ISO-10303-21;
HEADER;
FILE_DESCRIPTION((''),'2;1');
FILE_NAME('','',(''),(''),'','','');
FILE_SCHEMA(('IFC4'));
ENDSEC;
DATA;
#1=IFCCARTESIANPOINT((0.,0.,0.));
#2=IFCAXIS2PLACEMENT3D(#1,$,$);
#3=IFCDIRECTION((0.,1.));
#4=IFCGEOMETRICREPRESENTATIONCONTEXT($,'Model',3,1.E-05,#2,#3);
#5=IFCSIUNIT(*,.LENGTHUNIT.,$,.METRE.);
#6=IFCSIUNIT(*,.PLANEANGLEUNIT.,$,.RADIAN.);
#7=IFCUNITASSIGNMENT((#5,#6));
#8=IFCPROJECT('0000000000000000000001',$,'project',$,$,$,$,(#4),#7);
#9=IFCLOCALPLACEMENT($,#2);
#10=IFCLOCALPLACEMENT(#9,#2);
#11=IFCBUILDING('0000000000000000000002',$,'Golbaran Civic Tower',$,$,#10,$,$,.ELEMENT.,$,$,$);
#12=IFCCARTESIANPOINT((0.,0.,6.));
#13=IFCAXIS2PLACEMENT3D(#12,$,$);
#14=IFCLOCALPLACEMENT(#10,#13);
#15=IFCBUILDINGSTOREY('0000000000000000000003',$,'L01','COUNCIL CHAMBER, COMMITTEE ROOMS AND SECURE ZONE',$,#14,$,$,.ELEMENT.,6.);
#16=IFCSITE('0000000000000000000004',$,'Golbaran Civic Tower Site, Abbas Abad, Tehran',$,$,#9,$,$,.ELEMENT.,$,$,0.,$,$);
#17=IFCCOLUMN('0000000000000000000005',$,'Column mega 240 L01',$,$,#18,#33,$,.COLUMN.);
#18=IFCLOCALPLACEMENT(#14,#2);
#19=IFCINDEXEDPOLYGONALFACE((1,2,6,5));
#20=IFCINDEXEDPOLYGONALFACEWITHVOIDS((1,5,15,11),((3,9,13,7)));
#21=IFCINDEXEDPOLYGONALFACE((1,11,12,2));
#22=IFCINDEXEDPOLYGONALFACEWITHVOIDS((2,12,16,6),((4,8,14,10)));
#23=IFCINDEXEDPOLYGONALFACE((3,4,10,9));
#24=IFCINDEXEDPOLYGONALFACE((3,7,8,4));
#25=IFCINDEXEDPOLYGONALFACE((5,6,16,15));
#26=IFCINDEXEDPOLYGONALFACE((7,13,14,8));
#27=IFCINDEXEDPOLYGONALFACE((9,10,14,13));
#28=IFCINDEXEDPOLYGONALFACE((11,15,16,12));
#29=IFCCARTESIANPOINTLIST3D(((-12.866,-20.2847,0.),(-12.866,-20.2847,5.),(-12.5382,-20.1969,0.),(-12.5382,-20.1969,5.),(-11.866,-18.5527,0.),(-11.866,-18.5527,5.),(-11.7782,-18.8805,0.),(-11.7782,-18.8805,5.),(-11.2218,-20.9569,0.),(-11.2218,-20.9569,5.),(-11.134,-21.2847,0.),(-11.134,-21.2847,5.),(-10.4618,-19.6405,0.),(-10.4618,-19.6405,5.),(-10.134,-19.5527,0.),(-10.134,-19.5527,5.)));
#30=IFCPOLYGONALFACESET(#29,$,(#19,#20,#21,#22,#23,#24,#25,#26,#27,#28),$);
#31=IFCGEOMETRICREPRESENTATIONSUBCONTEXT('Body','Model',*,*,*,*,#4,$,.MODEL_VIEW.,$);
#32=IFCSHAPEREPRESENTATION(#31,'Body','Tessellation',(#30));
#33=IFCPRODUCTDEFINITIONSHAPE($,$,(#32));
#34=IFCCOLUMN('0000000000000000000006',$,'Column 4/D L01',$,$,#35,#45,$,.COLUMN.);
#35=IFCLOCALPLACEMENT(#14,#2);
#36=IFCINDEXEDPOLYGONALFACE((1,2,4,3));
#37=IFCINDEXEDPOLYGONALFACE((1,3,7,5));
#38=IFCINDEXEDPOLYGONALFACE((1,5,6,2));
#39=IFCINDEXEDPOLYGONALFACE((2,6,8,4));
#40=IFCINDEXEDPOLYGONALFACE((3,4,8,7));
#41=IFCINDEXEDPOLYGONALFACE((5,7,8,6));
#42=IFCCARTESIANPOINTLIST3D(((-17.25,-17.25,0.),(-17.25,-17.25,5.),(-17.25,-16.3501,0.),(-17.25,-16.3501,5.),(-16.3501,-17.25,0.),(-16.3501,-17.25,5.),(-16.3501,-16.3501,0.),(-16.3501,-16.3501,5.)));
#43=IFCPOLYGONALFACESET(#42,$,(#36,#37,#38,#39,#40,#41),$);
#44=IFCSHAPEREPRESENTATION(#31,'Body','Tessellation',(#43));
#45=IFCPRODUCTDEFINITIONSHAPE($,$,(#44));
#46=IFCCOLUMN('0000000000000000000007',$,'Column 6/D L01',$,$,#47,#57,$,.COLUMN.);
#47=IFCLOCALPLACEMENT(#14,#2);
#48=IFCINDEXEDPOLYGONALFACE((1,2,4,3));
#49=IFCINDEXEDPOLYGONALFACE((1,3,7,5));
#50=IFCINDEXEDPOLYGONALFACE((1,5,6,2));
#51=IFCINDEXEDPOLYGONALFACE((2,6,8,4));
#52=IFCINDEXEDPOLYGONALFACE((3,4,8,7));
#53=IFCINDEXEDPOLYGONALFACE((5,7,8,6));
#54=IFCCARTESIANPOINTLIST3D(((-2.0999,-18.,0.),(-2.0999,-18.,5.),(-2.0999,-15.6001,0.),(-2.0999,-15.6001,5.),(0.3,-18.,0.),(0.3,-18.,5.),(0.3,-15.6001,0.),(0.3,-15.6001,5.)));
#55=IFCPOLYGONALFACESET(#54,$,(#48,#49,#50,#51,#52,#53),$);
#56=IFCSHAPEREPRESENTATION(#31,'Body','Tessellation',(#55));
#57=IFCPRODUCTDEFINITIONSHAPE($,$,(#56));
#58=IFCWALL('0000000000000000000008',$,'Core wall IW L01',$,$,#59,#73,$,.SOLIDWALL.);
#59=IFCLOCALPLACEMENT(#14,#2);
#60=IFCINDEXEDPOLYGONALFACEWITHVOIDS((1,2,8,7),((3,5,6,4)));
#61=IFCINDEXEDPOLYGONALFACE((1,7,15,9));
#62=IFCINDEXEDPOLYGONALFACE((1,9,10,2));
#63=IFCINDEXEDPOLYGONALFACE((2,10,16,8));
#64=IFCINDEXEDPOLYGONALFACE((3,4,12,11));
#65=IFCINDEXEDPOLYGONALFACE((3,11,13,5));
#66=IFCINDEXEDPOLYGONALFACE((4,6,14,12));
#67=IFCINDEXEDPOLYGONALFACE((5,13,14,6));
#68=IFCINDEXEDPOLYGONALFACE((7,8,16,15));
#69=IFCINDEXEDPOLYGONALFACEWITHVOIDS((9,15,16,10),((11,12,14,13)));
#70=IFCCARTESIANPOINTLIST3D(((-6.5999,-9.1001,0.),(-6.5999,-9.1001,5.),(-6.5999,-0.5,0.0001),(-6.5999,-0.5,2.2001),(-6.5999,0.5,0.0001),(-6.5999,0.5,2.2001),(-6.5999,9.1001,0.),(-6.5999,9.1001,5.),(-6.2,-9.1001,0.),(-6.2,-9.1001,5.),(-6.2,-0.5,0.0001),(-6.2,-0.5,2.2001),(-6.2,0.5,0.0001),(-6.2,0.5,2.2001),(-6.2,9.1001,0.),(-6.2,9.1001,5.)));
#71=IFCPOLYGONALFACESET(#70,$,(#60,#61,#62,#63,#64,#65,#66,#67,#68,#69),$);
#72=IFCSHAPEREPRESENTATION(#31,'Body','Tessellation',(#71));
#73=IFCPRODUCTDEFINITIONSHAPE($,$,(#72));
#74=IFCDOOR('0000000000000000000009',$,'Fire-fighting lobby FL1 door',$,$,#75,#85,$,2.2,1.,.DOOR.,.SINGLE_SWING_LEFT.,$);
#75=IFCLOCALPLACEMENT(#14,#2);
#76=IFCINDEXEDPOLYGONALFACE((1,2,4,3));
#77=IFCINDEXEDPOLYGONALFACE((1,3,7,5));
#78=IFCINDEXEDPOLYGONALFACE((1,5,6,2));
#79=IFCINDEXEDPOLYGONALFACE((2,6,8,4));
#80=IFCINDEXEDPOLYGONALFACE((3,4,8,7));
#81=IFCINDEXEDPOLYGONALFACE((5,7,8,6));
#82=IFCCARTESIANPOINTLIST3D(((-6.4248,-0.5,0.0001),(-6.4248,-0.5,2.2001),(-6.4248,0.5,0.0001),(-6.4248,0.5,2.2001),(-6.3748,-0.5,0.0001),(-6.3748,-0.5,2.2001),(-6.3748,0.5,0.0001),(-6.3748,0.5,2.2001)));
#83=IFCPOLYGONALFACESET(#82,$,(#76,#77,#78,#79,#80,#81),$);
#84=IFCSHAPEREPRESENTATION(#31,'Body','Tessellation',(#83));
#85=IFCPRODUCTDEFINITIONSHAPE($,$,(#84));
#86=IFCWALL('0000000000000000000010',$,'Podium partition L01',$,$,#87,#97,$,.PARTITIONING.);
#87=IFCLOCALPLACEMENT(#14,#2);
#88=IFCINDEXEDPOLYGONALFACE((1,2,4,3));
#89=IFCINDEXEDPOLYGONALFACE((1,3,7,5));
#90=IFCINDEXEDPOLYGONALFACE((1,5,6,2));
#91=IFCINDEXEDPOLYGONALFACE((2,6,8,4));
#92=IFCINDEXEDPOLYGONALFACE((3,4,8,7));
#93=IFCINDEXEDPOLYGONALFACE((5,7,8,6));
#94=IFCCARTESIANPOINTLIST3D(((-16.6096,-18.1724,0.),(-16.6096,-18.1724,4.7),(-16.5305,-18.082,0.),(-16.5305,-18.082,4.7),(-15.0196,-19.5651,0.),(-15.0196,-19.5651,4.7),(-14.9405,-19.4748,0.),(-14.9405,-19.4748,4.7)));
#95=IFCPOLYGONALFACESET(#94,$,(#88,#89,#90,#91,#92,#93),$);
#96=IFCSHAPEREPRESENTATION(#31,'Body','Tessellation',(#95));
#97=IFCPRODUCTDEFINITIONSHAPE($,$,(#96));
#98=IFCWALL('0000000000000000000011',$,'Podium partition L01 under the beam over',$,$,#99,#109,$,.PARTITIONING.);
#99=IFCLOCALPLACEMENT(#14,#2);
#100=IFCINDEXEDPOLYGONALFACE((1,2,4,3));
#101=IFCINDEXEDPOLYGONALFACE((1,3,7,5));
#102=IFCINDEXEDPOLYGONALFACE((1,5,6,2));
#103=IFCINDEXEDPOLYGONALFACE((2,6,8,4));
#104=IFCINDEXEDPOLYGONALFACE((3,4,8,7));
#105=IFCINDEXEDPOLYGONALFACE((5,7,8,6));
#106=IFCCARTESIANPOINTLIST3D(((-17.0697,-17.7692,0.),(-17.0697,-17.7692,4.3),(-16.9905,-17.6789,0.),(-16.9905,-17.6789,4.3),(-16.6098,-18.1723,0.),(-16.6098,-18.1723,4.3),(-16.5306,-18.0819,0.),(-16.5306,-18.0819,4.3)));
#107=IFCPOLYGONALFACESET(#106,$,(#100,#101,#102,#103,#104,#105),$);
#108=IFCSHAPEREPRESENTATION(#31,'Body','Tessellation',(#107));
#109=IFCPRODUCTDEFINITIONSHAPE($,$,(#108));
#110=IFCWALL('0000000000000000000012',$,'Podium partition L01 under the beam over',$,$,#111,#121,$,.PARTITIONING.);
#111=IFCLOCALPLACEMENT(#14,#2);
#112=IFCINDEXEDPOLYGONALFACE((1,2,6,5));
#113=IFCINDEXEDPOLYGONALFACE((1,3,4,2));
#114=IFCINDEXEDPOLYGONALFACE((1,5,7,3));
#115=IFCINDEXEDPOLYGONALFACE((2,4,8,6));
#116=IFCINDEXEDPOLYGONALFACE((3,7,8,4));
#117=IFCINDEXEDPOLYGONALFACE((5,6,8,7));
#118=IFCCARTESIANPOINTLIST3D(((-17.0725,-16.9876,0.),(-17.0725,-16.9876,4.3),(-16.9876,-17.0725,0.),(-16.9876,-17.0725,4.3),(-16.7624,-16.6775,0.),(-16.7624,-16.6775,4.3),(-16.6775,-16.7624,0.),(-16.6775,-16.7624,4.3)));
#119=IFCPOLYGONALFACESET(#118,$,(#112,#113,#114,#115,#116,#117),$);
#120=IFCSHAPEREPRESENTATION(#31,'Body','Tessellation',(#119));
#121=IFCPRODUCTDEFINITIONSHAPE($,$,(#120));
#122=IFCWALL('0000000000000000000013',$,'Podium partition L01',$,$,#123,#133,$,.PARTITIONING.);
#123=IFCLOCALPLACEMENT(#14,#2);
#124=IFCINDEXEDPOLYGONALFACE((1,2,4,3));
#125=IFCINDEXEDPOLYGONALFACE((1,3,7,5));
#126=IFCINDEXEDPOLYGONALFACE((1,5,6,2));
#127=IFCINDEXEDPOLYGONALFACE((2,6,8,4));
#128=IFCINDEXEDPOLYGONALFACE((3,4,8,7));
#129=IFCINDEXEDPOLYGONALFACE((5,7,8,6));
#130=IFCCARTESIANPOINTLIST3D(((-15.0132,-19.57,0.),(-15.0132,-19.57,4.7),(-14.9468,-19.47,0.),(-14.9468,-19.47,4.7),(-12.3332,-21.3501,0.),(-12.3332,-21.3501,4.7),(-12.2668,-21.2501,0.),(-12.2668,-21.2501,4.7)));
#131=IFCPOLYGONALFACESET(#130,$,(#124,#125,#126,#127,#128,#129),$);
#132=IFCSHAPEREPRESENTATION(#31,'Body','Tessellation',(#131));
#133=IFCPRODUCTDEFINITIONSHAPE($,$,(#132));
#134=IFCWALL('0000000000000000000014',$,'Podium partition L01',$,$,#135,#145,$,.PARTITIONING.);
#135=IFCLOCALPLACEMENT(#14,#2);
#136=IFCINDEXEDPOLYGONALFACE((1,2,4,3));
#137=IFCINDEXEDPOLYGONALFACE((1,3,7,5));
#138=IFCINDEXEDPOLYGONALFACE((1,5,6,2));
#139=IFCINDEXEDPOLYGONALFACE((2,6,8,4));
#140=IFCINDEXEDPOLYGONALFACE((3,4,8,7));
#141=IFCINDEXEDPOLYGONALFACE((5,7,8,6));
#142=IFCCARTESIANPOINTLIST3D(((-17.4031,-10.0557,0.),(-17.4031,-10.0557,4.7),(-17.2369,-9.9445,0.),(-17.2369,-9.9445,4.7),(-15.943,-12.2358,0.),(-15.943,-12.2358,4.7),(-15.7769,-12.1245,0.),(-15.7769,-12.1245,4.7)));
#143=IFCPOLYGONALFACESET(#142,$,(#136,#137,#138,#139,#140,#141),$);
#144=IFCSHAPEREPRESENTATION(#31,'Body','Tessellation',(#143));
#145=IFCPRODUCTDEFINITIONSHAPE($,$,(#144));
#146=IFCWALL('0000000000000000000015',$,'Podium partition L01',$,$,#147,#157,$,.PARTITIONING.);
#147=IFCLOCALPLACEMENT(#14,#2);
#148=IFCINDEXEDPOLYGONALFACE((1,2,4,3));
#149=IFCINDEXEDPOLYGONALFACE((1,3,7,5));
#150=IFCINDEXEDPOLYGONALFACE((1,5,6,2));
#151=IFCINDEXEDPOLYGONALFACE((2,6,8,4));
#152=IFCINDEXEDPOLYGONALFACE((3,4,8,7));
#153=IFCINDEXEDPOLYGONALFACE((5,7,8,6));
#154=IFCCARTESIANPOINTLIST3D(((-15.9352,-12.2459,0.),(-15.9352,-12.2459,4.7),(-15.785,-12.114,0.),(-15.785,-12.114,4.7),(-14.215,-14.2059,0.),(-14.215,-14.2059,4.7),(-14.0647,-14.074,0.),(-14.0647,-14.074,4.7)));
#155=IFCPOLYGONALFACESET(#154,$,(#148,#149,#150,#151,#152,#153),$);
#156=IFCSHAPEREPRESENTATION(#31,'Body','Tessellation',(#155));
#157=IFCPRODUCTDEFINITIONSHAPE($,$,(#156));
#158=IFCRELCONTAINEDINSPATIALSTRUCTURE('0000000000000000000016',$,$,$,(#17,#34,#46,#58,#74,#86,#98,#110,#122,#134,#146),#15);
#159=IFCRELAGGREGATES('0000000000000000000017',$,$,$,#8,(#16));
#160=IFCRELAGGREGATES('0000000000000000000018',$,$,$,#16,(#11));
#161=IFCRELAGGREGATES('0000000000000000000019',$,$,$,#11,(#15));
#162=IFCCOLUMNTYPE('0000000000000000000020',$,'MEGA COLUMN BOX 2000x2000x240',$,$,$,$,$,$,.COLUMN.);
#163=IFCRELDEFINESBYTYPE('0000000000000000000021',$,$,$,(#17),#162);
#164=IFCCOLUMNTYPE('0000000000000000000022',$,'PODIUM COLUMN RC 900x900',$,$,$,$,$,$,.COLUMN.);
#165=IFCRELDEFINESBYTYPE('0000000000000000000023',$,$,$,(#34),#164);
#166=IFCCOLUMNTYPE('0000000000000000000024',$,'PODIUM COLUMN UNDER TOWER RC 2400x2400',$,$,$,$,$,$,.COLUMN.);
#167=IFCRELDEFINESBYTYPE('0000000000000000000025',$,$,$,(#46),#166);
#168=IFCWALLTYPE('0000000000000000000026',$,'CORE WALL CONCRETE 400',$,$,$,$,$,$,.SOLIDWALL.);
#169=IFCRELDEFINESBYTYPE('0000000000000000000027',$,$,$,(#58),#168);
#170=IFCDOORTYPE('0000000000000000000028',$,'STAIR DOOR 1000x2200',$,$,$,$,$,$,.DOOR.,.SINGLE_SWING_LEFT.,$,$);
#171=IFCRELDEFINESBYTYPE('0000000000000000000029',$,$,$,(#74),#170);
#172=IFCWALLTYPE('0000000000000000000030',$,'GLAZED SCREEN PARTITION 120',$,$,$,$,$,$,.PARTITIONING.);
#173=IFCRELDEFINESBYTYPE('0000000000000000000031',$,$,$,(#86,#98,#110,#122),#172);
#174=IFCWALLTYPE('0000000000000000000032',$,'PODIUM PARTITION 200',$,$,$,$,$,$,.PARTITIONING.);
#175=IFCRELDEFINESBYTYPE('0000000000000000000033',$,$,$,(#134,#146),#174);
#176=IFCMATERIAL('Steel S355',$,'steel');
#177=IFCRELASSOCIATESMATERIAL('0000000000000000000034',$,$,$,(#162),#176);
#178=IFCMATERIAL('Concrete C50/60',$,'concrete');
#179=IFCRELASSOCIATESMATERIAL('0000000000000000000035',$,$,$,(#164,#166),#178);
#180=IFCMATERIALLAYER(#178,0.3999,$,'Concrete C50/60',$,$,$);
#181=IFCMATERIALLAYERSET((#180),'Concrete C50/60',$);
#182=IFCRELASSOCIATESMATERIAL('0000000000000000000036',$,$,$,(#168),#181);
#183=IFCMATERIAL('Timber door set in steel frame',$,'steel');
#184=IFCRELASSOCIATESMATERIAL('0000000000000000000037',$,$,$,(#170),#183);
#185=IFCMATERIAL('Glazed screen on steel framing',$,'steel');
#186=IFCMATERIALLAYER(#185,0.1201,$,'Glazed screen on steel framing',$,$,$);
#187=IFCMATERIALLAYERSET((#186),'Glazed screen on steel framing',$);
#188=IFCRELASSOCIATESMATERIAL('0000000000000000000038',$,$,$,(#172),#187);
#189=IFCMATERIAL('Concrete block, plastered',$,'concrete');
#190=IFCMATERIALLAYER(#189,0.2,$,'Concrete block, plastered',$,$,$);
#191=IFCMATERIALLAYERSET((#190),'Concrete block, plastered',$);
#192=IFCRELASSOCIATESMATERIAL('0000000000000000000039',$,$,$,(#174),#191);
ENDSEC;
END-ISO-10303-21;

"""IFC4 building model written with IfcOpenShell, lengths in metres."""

from ifc_helpers import new_model, si_unit, direction, frame, frame_2d, origin, origin_2d, place, context, subcontext, project, spatial, rectangle, hollow_rectangle, extrude, material, layer, layer_set, material_profile, profile_set, type_object, element, fill, save


model = new_model("IFC4")

# Units and contexts
model_context = context("Model", 3, precision=1e-05, world=origin(), true_north=direction((0.0, 1.0)))
body_context = subcontext(model_context, "Body", "Model", "MODEL_VIEW")
ifc_project = project(units=[si_unit("LENGTHUNIT", "METRE"), si_unit("PLANEANGLEUNIT", "RADIAN")], contexts=[model_context])

# Site, building, storey
site_placement = place(None, origin())
site = spatial("IfcSite", under=ifc_project, at=site_placement, Name="Golbaran Civic Tower Site, Abbas Abad, Tehran", CompositionType="ELEMENT", RefElevation=0.0)
building_placement = place(site_placement, origin())
building = spatial("IfcBuilding", under=site, at=building_placement, Name="Golbaran Civic Tower", CompositionType="ELEMENT")
storey_placement = place(building_placement, frame((0.0, 0.0, 6.0)))
storey = spatial("IfcBuildingStorey", under=building, at=storey_placement, Name="L01", Description="COUNCIL CHAMBER, COMMITTEE ROOMS AND SECURE ZONE", CompositionType="ELEMENT", Elevation=6.0)

# Columns
ifc_material_1 = material(Name="Steel S355", Category="steel")
ifc_material_profile_1 = material_profile(ifc_material_1, hollow_rectangle(XDim=2.0, YDim=2.0, WallThickness=0.24, at=origin_2d()), Name="BOX 2000x2000x240")
ifc_profile_set_1 = profile_set([ifc_material_profile_1], Name="Steel S355")
column_type_1 = type_object("IfcColumnType", Name="MEGA COLUMN BOX 2000x2000x240", PredefinedType="COLUMN", material=ifc_profile_set_1)
column_1_placement = place(storey_placement, frame((-11.5, -19.9187, 0.0), z_axis=(0.0, 0.0, 1.0), x_axis=(-0.5, -0.866025, 0.0)))
element("IfcColumn", 1, at=column_1_placement, inside=storey, type_object=column_type_1, Name="Column mega 240 L01", PredefinedType="COLUMN", context=body_context, shape_type="SweptSolid", body=[
    extrude(hollow_rectangle(XDim=2.0, YDim=2.0, WallThickness=0.24, at=origin_2d()), origin(), (0.0, 0.0, 1.0), 5.0),
])
ifc_material_2 = material(Name="Concrete C50/60", Category="concrete")
ifc_material_profile_2 = material_profile(ifc_material_2, rectangle(XDim=0.8999, YDim=0.8999, at=origin_2d()), Name="RC 900x900")
ifc_profile_set_2 = profile_set([ifc_material_profile_2], Name="Concrete C50/60")
column_type_2 = type_object("IfcColumnType", Name="PODIUM COLUMN RC 900x900", PredefinedType="COLUMN", material=ifc_profile_set_2)
column_2_placement = place(storey_placement, frame((-16.8, -16.8, 0.0), z_axis=(0.0, 0.0, 1.0), x_axis=(1.0, 0.0, 0.0)))
element("IfcColumn", 2, at=column_2_placement, inside=storey, type_object=column_type_2, Name="Column 4/D L01", PredefinedType="COLUMN", context=body_context, shape_type="SweptSolid", body=[
    extrude(rectangle(XDim=0.8999, YDim=0.8999, at=origin_2d()), origin(), (0.0, 0.0, 1.0), 5.0),
])
ifc_material_profile_3 = material_profile(ifc_material_2, rectangle(XDim=2.3999, YDim=2.3999, at=origin_2d()), Name="RC 2400x2400")
ifc_profile_set_3 = profile_set([ifc_material_profile_3], Name="Concrete C50/60")
column_type_3 = type_object("IfcColumnType", Name="PODIUM COLUMN UNDER TOWER RC 2400x2400", PredefinedType="COLUMN", material=ifc_profile_set_3)
column_3_placement = place(storey_placement, frame((-0.8999, -16.8, 0.0), z_axis=(0.0, 0.0, 1.0), x_axis=(1.0, 0.0, 0.0)))
element("IfcColumn", 3, at=column_3_placement, inside=storey, type_object=column_type_3, Name="Column 6/D L01", PredefinedType="COLUMN", context=body_context, shape_type="SweptSolid", body=[
    extrude(rectangle(XDim=2.3999, YDim=2.3999, at=origin_2d()), origin(), (0.0, 0.0, 1.0), 5.0),
])

# Wall, opening, door
ifc_layer_1 = layer(ifc_material_2, 0.3999, Name="Concrete C50/60")
ifc_layer_set_1 = layer_set([ifc_layer_1], Name="Concrete C50/60")
wall_type_1 = type_object("IfcWallType", Name="CORE WALL CONCRETE 400", PredefinedType="SOLIDWALL", material=ifc_layer_set_1)
wall_1_placement = place(storey_placement, frame((-6.3999, -9.1001, 0.0), z_axis=(0.0, 0.0, 1.0), x_axis=(0.0, 1.0, 0.0)))
wall_1 = element("IfcWall", 4, at=wall_1_placement, inside=storey, type_object=wall_type_1, Name="Core wall IW L01", PredefinedType="SOLIDWALL", context=body_context, shape_type="SweptSolid", body=[
    extrude(rectangle(XDim=18.2002, YDim=0.3999, at=frame_2d((9.1001, 0.0))), origin(), (0.0, 0.0, 1.0), 5.0),
])
opening_1_placement = place(wall_1_placement, frame((8.6001, 0.0, 0.0)))
opening_1 = element("IfcOpeningElement", 5, at=opening_1_placement, cuts=wall_1, PredefinedType="OPENING", context=body_context, shape_type="SweptSolid", body=[
    extrude(rectangle(XDim=1.0, YDim=2.2, at=frame_2d((0.5, 1.1001))), frame((0.0, 0.21, 0.0), z_axis=(0.0, -1.0, 0.0), x_axis=(1.0, 0.0, 0.0)), (0.0, 0.0, 1.0), 0.4199),
])
ifc_material_3 = material(Name="Timber door set in steel frame", Category="steel")
door_type_1 = type_object("IfcDoorType", Name="STAIR DOOR 1000x2200", OperationType="SINGLE_SWING_LEFT", PredefinedType="DOOR", material=ifc_material_3)
door_1_placement = place(opening_1_placement, origin())
door_1 = element("IfcDoor", 6, at=door_1_placement, inside=storey, type_object=door_type_1, Name="Fire-fighting lobby FL1 door", OperationType="SINGLE_SWING_LEFT", OverallHeight=2.2, OverallWidth=1.0, PredefinedType="DOOR", context=body_context, shape_type="SweptSolid", body=[
    extrude(rectangle(XDim=1.0, YDim=2.2, at=frame_2d((0.5, 1.1001))), frame((0.0, 0.0249, 0.0), z_axis=(0.0, -1.0, 0.0), x_axis=(1.0, 0.0, 0.0)), (0.0, 0.0, 1.0), 0.05),
])
fill(opening_1, door_1)

# Walls
ifc_material_4 = material(Name="Glazed screen on steel framing", Category="steel")
ifc_layer_2 = layer(ifc_material_4, 0.1201, Name="Glazed screen on steel framing")
ifc_layer_set_2 = layer_set([ifc_layer_2], Name="Glazed screen on steel framing")
wall_type_2 = type_object("IfcWallType", Name="GLAZED SCREEN PARTITION 120", PredefinedType="PARTITIONING", material=ifc_layer_set_2)
wall_2_placement = place(storey_placement, frame((-16.5701, -18.1272, 0.0), z_axis=(0.0, 0.0, 1.0), x_axis=(0.752226, -0.658905, 0.0)))
element("IfcWall", 7, at=wall_2_placement, inside=storey, type_object=wall_type_2, Name="Podium partition L01", PredefinedType="PARTITIONING", context=body_context, shape_type="SweptSolid", body=[
    extrude(rectangle(XDim=2.1138, YDim=0.1201, at=frame_2d((1.0569, 0.0))), origin(), (0.0, 0.0, 1.0), 4.7),
])
wall_3_placement = place(storey_placement, frame((-17.03, -17.7241, 0.0), z_axis=(0.0, 0.0, 1.0), x_axis=(0.752082, -0.65907, 0.0)))
element("IfcWall", 8, at=wall_3_placement, inside=storey, type_object=wall_type_2, Name="Podium partition L01 under the beam over", PredefinedType="PARTITIONING", context=body_context, shape_type="SweptSolid", body=[
    extrude(rectangle(XDim=0.6116, YDim=0.1201, at=frame_2d((0.3057, 0.0))), origin(), (0.0, 0.0, 1.0), 4.3),
])

# Walls
wall_4_placement = place(storey_placement, frame((-17.03, -17.03, 0.0), z_axis=(0.0, 0.0, 1.0), x_axis=(0.707107, 0.707107, 0.0)))
element("IfcWall", 9, at=wall_4_placement, inside=storey, type_object=wall_type_2, Name="Podium partition L01 under the beam over", PredefinedType="PARTITIONING", context=body_context, shape_type="SweptSolid", body=[
    extrude(rectangle(XDim=0.4385, YDim=0.1201, at=frame_2d((0.2192, 0.0))), origin(), (0.0, 0.0, 1.0), 4.3),
])
wall_5_placement = place(storey_placement, frame((-14.98, -19.52, 0.0), z_axis=(0.0, 0.0, 1.0), x_axis=(0.832995, -0.553281, 0.0)))
element("IfcWall", 10, at=wall_5_placement, inside=storey, type_object=wall_type_2, Name="Podium partition L01", PredefinedType="PARTITIONING", context=body_context, shape_type="SweptSolid", body=[
    extrude(rectangle(XDim=3.2173, YDim=0.1201, at=frame_2d((1.6086, 0.0))), origin(), (0.0, 0.0, 1.0), 4.7),
])

# Walls
ifc_material_5 = material(Name="Concrete block, plastered", Category="concrete")
ifc_layer_3 = layer(ifc_material_5, 0.2, Name="Concrete block, plastered")
ifc_layer_set_3 = layer_set([ifc_layer_3], Name="Concrete block, plastered")
wall_type_3 = type_object("IfcWallType", Name="PODIUM PARTITION 200", PredefinedType="PARTITIONING", material=ifc_layer_set_3)
wall_6_placement = place(storey_placement, frame((-17.3201, -10.0, 0.0), z_axis=(0.0, 0.0, 1.0), x_axis=(0.55646, -0.830875, 0.0)))
element("IfcWall", 11, at=wall_6_placement, inside=storey, type_object=wall_type_3, Name="Podium partition L01", PredefinedType="PARTITIONING", context=body_context, shape_type="SweptSolid", body=[
    extrude(rectangle(XDim=2.6238, YDim=0.2, at=frame_2d((1.312, 0.0))), origin(), (0.0, 0.0, 1.0), 4.7),
])
wall_7_placement = place(storey_placement, frame((-15.8601, -12.1799, 0.0), z_axis=(0.0, 0.0, 1.0), x_axis=(0.659644, -0.751578, 0.0)))
element("IfcWall", 12, at=wall_7_placement, inside=storey, type_object=wall_type_3, Name="Podium partition L01", PredefinedType="PARTITIONING", context=body_context, shape_type="SweptSolid", body=[
    extrude(rectangle(XDim=2.6079, YDim=0.2, at=frame_2d((1.304, 0.0))), origin(), (0.0, 0.0, 1.0), 4.7),
])

save(model, "model.ifc")
